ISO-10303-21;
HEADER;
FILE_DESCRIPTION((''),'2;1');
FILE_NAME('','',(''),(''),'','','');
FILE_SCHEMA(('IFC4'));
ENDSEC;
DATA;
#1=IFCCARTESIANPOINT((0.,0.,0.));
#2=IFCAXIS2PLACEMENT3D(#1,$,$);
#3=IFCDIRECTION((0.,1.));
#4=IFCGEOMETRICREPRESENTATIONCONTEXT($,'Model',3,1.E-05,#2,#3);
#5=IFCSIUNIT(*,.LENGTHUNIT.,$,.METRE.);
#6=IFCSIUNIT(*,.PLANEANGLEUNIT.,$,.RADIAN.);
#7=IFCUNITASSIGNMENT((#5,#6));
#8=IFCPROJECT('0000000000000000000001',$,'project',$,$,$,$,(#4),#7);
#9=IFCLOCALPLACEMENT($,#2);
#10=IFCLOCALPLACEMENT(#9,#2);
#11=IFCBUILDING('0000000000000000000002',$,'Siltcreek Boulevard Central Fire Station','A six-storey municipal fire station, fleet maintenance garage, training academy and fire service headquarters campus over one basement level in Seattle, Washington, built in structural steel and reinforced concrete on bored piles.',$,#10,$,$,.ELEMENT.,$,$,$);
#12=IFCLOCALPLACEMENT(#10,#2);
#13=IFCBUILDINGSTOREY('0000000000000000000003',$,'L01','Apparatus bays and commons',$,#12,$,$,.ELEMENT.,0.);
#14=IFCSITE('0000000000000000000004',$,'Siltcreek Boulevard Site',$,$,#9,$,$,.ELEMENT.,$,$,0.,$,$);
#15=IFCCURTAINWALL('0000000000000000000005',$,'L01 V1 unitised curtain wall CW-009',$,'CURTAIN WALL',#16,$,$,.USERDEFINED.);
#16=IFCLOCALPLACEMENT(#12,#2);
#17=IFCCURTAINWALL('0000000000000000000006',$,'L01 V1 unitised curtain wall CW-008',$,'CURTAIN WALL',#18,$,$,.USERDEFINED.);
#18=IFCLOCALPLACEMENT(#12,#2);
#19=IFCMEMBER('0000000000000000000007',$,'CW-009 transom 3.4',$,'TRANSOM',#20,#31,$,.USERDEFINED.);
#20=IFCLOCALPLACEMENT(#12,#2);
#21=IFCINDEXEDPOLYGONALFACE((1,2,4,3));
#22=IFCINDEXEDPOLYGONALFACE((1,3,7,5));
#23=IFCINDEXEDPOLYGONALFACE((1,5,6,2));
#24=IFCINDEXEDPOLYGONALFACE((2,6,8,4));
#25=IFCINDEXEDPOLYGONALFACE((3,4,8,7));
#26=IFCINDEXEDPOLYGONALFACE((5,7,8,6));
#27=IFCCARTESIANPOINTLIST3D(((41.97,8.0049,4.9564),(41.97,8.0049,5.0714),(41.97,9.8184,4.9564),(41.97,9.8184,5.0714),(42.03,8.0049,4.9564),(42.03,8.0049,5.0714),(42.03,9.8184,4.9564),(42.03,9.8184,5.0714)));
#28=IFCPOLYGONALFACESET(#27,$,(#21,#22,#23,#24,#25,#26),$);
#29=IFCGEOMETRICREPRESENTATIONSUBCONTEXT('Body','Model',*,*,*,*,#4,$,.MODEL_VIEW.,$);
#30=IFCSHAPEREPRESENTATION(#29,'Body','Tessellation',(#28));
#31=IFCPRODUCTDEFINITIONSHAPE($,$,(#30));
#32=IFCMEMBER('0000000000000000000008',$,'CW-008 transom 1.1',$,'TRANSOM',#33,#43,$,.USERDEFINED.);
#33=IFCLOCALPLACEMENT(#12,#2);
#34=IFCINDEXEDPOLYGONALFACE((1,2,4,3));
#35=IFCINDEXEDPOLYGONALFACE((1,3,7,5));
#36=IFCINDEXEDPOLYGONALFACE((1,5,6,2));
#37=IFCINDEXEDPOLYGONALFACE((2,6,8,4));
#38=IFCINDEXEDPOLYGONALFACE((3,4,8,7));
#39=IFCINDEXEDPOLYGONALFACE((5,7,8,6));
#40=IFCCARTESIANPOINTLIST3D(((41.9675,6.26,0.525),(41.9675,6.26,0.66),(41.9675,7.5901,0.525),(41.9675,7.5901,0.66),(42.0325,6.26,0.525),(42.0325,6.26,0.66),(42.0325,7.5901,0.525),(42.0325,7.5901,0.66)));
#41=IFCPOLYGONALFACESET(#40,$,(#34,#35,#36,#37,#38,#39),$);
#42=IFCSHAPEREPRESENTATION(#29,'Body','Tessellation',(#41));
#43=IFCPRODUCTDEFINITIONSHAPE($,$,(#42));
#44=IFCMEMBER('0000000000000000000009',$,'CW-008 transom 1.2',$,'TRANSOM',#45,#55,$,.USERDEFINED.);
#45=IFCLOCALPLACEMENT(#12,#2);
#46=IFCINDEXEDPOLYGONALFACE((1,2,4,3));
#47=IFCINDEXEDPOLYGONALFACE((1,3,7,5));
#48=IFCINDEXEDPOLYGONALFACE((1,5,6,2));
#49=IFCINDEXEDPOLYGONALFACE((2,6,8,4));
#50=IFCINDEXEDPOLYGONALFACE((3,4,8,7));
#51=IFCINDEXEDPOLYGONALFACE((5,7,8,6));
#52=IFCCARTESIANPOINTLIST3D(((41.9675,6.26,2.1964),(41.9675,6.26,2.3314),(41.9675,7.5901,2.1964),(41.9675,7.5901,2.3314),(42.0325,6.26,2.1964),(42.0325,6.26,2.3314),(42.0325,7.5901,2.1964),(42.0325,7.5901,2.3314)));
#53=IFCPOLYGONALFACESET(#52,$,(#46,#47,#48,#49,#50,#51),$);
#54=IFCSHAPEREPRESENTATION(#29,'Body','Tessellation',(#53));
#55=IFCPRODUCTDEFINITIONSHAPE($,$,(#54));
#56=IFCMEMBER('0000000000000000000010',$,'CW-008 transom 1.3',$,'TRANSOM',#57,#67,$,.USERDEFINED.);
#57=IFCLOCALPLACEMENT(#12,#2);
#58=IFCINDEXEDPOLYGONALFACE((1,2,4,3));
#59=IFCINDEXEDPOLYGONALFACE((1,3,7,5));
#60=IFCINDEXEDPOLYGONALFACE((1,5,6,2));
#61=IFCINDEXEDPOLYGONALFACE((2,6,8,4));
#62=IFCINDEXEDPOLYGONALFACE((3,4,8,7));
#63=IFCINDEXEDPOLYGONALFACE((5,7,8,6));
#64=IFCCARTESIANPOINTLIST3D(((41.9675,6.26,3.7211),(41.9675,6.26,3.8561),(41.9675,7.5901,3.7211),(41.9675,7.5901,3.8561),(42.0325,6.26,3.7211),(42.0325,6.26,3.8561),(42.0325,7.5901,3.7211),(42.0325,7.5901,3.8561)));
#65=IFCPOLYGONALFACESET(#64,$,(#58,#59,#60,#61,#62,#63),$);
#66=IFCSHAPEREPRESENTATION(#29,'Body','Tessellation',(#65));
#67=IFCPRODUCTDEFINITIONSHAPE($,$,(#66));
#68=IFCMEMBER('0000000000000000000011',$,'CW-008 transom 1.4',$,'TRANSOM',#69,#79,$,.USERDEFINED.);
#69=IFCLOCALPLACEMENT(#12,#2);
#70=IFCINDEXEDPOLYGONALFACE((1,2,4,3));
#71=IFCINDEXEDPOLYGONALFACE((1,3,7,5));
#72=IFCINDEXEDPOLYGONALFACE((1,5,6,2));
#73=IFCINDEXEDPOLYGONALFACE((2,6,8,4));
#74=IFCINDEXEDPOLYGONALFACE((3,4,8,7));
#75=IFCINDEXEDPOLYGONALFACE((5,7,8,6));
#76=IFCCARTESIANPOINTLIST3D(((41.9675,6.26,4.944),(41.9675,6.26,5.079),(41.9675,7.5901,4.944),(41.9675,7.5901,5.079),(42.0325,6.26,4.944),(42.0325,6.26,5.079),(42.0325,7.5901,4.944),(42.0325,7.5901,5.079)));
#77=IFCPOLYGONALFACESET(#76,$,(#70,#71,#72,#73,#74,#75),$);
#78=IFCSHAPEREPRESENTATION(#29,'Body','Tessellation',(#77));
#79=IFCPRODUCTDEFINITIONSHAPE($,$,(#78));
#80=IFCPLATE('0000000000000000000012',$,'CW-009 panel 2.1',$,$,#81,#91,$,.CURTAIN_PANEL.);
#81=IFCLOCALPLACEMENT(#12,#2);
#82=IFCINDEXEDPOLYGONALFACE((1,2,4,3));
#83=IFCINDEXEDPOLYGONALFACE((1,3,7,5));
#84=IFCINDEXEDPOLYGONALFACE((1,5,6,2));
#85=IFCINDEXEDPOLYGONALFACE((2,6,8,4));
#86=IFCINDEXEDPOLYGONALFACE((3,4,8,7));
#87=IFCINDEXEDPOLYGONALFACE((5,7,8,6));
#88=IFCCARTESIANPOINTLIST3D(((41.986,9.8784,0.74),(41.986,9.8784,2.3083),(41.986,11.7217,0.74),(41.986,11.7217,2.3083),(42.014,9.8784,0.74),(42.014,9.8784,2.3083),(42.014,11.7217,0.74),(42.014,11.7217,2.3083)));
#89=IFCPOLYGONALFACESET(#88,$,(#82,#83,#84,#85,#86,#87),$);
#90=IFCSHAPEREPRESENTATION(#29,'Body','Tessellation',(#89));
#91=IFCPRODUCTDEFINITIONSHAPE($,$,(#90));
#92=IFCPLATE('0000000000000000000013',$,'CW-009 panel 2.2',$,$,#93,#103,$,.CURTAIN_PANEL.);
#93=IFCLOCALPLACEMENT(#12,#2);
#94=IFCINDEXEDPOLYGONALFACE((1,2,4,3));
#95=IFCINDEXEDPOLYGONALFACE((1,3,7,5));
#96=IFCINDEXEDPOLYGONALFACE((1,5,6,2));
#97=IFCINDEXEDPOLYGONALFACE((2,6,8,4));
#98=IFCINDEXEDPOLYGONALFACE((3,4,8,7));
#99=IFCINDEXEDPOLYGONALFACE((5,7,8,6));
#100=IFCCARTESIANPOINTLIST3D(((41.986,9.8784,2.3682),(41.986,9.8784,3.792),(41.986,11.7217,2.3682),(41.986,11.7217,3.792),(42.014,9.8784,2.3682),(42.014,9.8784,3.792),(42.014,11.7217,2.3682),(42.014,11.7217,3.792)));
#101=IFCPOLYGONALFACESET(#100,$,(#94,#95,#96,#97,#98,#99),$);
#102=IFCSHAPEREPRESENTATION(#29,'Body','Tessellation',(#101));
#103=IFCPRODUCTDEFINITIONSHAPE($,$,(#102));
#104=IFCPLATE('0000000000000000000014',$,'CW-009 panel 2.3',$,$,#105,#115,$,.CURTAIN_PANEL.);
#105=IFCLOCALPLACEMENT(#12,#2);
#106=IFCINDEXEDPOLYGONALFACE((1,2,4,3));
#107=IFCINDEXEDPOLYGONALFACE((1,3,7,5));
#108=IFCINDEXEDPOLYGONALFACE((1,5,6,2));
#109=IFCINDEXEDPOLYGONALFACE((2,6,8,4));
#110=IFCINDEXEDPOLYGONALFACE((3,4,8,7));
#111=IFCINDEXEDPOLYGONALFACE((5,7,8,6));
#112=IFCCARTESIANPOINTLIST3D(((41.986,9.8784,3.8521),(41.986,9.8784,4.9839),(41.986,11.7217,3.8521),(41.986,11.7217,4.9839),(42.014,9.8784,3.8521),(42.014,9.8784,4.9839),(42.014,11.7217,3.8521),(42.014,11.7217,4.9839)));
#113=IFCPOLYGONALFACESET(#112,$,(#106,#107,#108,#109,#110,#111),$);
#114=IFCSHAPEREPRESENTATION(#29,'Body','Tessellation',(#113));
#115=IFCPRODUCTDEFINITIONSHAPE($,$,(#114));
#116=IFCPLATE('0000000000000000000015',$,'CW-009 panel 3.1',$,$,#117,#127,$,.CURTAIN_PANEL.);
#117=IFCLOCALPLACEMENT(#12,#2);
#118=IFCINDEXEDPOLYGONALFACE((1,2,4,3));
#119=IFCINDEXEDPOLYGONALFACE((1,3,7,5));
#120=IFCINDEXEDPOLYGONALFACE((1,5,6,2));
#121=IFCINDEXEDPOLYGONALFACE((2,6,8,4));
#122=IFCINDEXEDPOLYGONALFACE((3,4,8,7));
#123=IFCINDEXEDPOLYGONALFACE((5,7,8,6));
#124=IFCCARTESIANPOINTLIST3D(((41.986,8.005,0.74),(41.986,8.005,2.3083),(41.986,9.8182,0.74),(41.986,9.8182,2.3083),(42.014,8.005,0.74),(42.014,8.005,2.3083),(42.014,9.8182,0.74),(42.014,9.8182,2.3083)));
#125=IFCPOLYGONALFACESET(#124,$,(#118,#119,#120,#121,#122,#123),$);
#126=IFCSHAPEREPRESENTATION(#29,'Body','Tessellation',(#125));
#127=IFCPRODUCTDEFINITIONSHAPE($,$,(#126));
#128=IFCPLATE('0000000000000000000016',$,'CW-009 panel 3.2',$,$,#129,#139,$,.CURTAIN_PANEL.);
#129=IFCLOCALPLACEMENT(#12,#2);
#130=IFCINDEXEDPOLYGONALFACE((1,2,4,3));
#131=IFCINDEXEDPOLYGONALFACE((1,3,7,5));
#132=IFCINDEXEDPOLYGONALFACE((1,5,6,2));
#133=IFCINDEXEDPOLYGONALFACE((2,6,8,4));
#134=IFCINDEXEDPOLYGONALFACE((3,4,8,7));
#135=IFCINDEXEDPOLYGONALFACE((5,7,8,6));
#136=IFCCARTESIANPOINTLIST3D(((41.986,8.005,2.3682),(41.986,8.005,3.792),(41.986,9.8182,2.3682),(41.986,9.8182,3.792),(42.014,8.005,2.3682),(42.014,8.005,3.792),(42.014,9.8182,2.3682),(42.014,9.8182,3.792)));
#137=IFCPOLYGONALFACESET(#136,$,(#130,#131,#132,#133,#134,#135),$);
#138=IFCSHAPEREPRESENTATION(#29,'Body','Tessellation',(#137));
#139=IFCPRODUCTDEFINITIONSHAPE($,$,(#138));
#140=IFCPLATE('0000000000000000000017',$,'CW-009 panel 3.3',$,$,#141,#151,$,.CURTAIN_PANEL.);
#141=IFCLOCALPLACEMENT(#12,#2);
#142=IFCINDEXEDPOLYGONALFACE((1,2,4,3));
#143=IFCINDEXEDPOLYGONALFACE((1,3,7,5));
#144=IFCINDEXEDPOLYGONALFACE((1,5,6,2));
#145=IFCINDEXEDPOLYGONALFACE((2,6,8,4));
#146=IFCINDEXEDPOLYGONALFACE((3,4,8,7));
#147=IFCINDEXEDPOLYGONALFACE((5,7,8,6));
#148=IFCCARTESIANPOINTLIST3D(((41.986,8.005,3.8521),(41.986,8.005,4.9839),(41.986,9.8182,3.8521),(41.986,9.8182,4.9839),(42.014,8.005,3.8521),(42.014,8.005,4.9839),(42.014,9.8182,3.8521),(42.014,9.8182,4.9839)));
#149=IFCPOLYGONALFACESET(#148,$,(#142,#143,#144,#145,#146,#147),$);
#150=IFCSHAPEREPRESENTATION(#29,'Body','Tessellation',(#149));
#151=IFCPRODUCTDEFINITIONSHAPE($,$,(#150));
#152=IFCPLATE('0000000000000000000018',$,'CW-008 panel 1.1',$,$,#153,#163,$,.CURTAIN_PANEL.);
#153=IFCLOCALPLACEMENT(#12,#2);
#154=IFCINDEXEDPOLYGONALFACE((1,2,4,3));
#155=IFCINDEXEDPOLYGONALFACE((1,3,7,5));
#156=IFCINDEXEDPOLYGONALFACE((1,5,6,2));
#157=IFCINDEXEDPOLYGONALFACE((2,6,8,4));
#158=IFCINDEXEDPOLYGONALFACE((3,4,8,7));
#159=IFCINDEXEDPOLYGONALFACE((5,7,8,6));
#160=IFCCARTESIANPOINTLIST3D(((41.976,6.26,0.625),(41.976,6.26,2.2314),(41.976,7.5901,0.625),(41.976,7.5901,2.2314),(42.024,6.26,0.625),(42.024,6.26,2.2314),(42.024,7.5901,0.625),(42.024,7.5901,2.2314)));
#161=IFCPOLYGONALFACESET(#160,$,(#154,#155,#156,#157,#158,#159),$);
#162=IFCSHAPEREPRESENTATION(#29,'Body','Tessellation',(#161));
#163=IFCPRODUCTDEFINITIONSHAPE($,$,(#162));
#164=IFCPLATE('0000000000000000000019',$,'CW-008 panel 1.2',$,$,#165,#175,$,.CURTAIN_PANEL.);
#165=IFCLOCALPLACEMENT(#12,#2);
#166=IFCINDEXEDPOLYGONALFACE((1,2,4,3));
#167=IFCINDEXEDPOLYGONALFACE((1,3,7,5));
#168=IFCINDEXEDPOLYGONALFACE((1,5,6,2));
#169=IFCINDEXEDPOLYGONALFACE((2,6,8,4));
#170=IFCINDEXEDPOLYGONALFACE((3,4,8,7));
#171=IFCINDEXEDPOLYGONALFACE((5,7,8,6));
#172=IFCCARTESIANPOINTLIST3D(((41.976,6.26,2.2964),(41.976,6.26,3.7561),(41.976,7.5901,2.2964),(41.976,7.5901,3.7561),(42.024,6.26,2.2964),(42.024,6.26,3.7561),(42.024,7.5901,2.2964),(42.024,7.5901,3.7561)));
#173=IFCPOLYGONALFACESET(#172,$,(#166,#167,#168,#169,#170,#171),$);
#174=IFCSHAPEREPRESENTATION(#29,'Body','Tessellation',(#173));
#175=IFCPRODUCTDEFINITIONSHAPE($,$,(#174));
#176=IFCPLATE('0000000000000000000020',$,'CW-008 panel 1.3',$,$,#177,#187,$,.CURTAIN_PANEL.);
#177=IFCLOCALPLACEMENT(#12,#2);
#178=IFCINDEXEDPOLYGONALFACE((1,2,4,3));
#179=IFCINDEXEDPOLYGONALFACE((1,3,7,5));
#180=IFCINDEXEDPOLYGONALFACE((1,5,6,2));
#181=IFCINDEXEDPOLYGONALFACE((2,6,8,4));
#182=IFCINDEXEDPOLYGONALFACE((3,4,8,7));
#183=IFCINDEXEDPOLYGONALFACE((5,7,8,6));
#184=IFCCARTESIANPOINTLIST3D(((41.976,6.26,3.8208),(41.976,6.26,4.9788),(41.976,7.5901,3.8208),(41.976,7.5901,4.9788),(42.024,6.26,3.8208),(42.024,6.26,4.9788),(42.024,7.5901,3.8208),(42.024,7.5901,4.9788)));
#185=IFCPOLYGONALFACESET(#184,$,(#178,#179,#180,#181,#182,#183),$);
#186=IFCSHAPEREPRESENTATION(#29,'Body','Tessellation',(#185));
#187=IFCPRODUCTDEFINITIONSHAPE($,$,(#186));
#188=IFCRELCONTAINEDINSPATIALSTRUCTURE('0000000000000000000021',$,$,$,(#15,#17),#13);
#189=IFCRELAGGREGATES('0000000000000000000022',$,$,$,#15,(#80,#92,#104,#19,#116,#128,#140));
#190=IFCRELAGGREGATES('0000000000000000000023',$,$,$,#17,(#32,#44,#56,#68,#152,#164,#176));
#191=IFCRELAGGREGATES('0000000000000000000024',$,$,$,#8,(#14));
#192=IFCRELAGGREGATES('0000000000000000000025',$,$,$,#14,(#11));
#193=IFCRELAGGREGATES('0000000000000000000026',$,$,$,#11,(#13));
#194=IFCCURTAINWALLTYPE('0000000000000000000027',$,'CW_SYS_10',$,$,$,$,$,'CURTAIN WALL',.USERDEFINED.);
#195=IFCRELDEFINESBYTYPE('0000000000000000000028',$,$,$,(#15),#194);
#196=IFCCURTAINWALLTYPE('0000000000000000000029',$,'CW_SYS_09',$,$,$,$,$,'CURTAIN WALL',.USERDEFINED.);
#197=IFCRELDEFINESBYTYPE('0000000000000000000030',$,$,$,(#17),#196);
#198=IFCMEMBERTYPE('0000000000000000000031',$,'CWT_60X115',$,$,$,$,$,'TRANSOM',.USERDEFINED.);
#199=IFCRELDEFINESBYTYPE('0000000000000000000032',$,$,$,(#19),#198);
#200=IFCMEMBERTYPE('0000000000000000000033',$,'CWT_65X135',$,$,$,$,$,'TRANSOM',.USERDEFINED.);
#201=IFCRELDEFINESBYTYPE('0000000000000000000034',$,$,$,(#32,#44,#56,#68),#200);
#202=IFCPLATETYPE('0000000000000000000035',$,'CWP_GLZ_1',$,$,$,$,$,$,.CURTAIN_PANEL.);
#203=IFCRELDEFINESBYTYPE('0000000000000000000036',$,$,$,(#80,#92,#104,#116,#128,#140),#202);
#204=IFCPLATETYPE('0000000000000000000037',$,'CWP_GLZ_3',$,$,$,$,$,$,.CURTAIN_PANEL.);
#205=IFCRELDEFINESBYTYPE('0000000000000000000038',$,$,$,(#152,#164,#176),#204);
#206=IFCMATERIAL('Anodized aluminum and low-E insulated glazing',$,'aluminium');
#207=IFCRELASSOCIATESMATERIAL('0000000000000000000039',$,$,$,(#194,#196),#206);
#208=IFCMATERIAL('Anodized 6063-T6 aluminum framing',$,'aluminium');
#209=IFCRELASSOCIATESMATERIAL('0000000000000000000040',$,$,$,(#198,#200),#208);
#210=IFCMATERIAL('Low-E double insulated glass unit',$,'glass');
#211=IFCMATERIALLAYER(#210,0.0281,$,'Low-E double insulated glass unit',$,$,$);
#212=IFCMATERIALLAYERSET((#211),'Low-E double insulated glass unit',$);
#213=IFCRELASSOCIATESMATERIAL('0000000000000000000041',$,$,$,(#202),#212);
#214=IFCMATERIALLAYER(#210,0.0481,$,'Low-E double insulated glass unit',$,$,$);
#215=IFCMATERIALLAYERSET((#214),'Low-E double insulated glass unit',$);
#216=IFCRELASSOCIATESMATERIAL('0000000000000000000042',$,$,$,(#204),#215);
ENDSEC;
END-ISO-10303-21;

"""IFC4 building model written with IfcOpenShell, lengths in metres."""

from ifc_helpers import new_model, si_unit, direction, frame, origin, origin_2d, place, context, subcontext, project, spatial, rectangle, extrude, material, layer, layer_set, material_profile, profile_set, type_object, element, aggregate, save


model = new_model("IFC4")

# Units and contexts
model_context = context("Model", 3, precision=1e-05, world=origin(), true_north=direction((0.0, 1.0)))
body_context = subcontext(model_context, "Body", "Model", "MODEL_VIEW")
ifc_project = project(units=[si_unit("LENGTHUNIT", "METRE"), si_unit("PLANEANGLEUNIT", "RADIAN")], contexts=[model_context])

# Site, building, storey
site_placement = place(None, origin())
site = spatial("IfcSite", under=ifc_project, at=site_placement, Name="Siltcreek Boulevard Site", CompositionType="ELEMENT", RefElevation=0.0)
building_placement = place(site_placement, origin())
building = spatial("IfcBuilding", under=site, at=building_placement, Name="Siltcreek Boulevard Central Fire Station", Description="A six-storey municipal fire station, fleet maintenance garage, training academy and fire service headquarters campus over one basement level in Seattle, Washington, built in structural steel and reinforced concrete on bored piles.", CompositionType="ELEMENT")
storey_placement = place(building_placement, origin())
storey = spatial("IfcBuildingStorey", under=building, at=storey_placement, Name="L01", Description="Apparatus bays and commons", CompositionType="ELEMENT", Elevation=0.0)

# Curtain wall
ifc_material_1 = material(Name="Anodized aluminum and low-E insulated glazing", Category="aluminium")
curtain_wall_type_1 = type_object("IfcCurtainWallType", Name="CW_SYS_10", ElementType="CURTAIN WALL", PredefinedType="USERDEFINED", material=ifc_material_1)
curtain_wall_1_placement = place(storey_placement, origin())
curtain_wall_1 = element("IfcCurtainWall", 1, at=curtain_wall_1_placement, inside=storey, type_object=curtain_wall_type_1, Name="L01 V1 unitised curtain wall CW-009", ObjectType="CURTAIN WALL", PredefinedType="USERDEFINED")
ifc_material_2 = material(Name="Anodized 6063-T6 aluminum framing", Category="aluminium")

# Curtain wall
curtain_wall_type_2 = type_object("IfcCurtainWallType", Name="CW_SYS_09", ElementType="CURTAIN WALL", PredefinedType="USERDEFINED", material=ifc_material_1)
curtain_wall_2_placement = place(storey_placement, origin())
curtain_wall_2 = element("IfcCurtainWall", 2, at=curtain_wall_2_placement, inside=storey, type_object=curtain_wall_type_2, Name="L01 V1 unitised curtain wall CW-008", ObjectType="CURTAIN WALL", PredefinedType="USERDEFINED")

# Members
ifc_material_profile_1 = material_profile(ifc_material_2, rectangle(XDim=0.0601, YDim=0.115, at=origin_2d()), Name="TRAN60X115")
ifc_profile_set_1 = profile_set([ifc_material_profile_1], Name="Anodized 6063-T6 aluminum framing")
member_type_1 = type_object("IfcMemberType", Name="CWT_60X115", ElementType="TRANSOM", PredefinedType="USERDEFINED", material=ifc_profile_set_1)
member_1_placement = place(storey_placement, frame((42.0, 9.8184, 5.0139), z_axis=(0.0, -1.0, 0.0), x_axis=(1.0, 0.0, 0.0)))
member_1 = element("IfcMember", 3, at=member_1_placement, type_object=member_type_1, Name="CW-009 transom 3.4", ObjectType="TRANSOM", PredefinedType="USERDEFINED", context=body_context, shape_type="SweptSolid", body=[
    extrude(rectangle(XDim=0.0601, YDim=0.115, at=origin_2d()), origin(), (0.0, 0.0, 1.0), 1.8135),
])
ifc_material_profile_2 = material_profile(ifc_material_2, rectangle(XDim=0.0649, YDim=0.135, at=origin_2d()), Name="TRAN65X135")
ifc_profile_set_2 = profile_set([ifc_material_profile_2], Name="Anodized 6063-T6 aluminum framing")
member_type_2 = type_object("IfcMemberType", Name="CWT_65X135", ElementType="TRANSOM", PredefinedType="USERDEFINED", material=ifc_profile_set_2)
member_2_placement = place(storey_placement, frame((42.0, 7.5901, 0.5925), z_axis=(0.0, -1.0, 0.0), x_axis=(1.0, 0.0, 0.0)))
member_2 = element("IfcMember", 4, at=member_2_placement, type_object=member_type_2, Name="CW-008 transom 1.1", ObjectType="TRANSOM", PredefinedType="USERDEFINED", context=body_context, shape_type="SweptSolid", body=[
    extrude(rectangle(XDim=0.0649, YDim=0.135, at=origin_2d()), origin(), (0.0, 0.0, 1.0), 1.3301),
])
member_3_placement = place(storey_placement, frame((42.0, 7.5901, 2.2639), z_axis=(0.0, -1.0, 0.0), x_axis=(1.0, 0.0, 0.0)))
member_3 = element("IfcMember", 5, at=member_3_placement, type_object=member_type_2, Name="CW-008 transom 1.2", ObjectType="TRANSOM", PredefinedType="USERDEFINED", context=body_context, shape_type="SweptSolid", body=[
    extrude(rectangle(XDim=0.0649, YDim=0.135, at=origin_2d()), origin(), (0.0, 0.0, 1.0), 1.3301),
])
member_4_placement = place(storey_placement, frame((42.0, 7.5901, 3.7886), z_axis=(0.0, -1.0, 0.0), x_axis=(1.0, 0.0, 0.0)))
member_4 = element("IfcMember", 6, at=member_4_placement, type_object=member_type_2, Name="CW-008 transom 1.3", ObjectType="TRANSOM", PredefinedType="USERDEFINED", context=body_context, shape_type="SweptSolid", body=[
    extrude(rectangle(XDim=0.0649, YDim=0.135, at=origin_2d()), origin(), (0.0, 0.0, 1.0), 1.3301),
])
member_5_placement = place(storey_placement, frame((42.0, 7.5901, 5.0115), z_axis=(0.0, -1.0, 0.0), x_axis=(1.0, 0.0, 0.0)))
member_5 = element("IfcMember", 7, at=member_5_placement, type_object=member_type_2, Name="CW-008 transom 1.4", ObjectType="TRANSOM", PredefinedType="USERDEFINED", context=body_context, shape_type="SweptSolid", body=[
    extrude(rectangle(XDim=0.0649, YDim=0.135, at=origin_2d()), origin(), (0.0, 0.0, 1.0), 1.3301),
])

# Plates
ifc_material_3 = material(Name="Low-E double insulated glass unit", Category="glass")
ifc_layer_1 = layer(ifc_material_3, 0.0281, Name="Low-E double insulated glass unit")
ifc_layer_set_1 = layer_set([ifc_layer_1], Name="Low-E double insulated glass unit")
plate_type_1 = type_object("IfcPlateType", Name="CWP_GLZ_1", PredefinedType="CURTAIN_PANEL", material=ifc_layer_set_1)
plate_1_placement = place(storey_placement, frame((42.0, 10.8, 0.74), z_axis=(0.0, 0.0, 1.0), x_axis=(0.0, -1.0, 0.0)))
plate_1 = element("IfcPlate", 8, at=plate_1_placement, type_object=plate_type_1, Name="CW-009 panel 2.1", PredefinedType="CURTAIN_PANEL", context=body_context, shape_type="SweptSolid", body=[
    extrude(rectangle(XDim=1.8433, YDim=0.0281, at=origin_2d()), origin(), (0.0, 0.0, 1.0), 1.5684),
])
plate_2_placement = place(storey_placement, frame((42.0, 10.8, 2.3682), z_axis=(0.0, 0.0, 1.0), x_axis=(0.0, -1.0, 0.0)))
plate_2 = element("IfcPlate", 9, at=plate_2_placement, type_object=plate_type_1, Name="CW-009 panel 2.2", PredefinedType="CURTAIN_PANEL", context=body_context, shape_type="SweptSolid", body=[
    extrude(rectangle(XDim=1.8433, YDim=0.0281, at=origin_2d()), origin(), (0.0, 0.0, 1.0), 1.4238),
])
plate_3_placement = place(storey_placement, frame((42.0, 10.8, 3.8521), z_axis=(0.0, 0.0, 1.0), x_axis=(0.0, -1.0, 0.0)))
plate_3 = element("IfcPlate", 10, at=plate_3_placement, type_object=plate_type_1, Name="CW-009 panel 2.3", PredefinedType="CURTAIN_PANEL", context=body_context, shape_type="SweptSolid", body=[
    extrude(rectangle(XDim=1.8433, YDim=0.0281, at=origin_2d()), origin(), (0.0, 0.0, 1.0), 1.1318),
])
plate_4_placement = place(storey_placement, frame((42.0, 8.9116, 0.74), z_axis=(0.0, 0.0, 1.0), x_axis=(0.0, -1.0, 0.0)))
plate_4 = element("IfcPlate", 11, at=plate_4_placement, type_object=plate_type_1, Name="CW-009 panel 3.1", PredefinedType="CURTAIN_PANEL", context=body_context, shape_type="SweptSolid", body=[
    extrude(rectangle(XDim=1.8132, YDim=0.0281, at=origin_2d()), origin(), (0.0, 0.0, 1.0), 1.5684),
])
plate_5_placement = place(storey_placement, frame((42.0, 8.9116, 2.3682), z_axis=(0.0, 0.0, 1.0), x_axis=(0.0, -1.0, 0.0)))
plate_5 = element("IfcPlate", 12, at=plate_5_placement, type_object=plate_type_1, Name="CW-009 panel 3.2", PredefinedType="CURTAIN_PANEL", context=body_context, shape_type="SweptSolid", body=[
    extrude(rectangle(XDim=1.8132, YDim=0.0281, at=origin_2d()), origin(), (0.0, 0.0, 1.0), 1.4238),
])
plate_6_placement = place(storey_placement, frame((42.0, 8.9116, 3.8521), z_axis=(0.0, 0.0, 1.0), x_axis=(0.0, -1.0, 0.0)))
plate_6 = element("IfcPlate", 13, at=plate_6_placement, type_object=plate_type_1, Name="CW-009 panel 3.3", PredefinedType="CURTAIN_PANEL", context=body_context, shape_type="SweptSolid", body=[
    extrude(rectangle(XDim=1.8132, YDim=0.0281, at=origin_2d()), origin(), (0.0, 0.0, 1.0), 1.1318),
])
aggregate(curtain_wall_1, [plate_1, plate_2, plate_3, member_1, plate_4, plate_5, plate_6])
ifc_layer_2 = layer(ifc_material_3, 0.0481, Name="Low-E double insulated glass unit")
ifc_layer_set_2 = layer_set([ifc_layer_2], Name="Low-E double insulated glass unit")
plate_type_2 = type_object("IfcPlateType", Name="CWP_GLZ_3", PredefinedType="CURTAIN_PANEL", material=ifc_layer_set_2)
plate_7_placement = place(storey_placement, frame((42.0, 6.925, 0.625), z_axis=(0.0, 0.0, 1.0), x_axis=(0.0, -1.0, 0.0)))
plate_7 = element("IfcPlate", 14, at=plate_7_placement, type_object=plate_type_2, Name="CW-008 panel 1.1", PredefinedType="CURTAIN_PANEL", context=body_context, shape_type="SweptSolid", body=[
    extrude(rectangle(XDim=1.3301, YDim=0.0481, at=origin_2d()), origin(), (0.0, 0.0, 1.0), 1.6064),
])
plate_8_placement = place(storey_placement, frame((42.0, 6.925, 2.2964), z_axis=(0.0, 0.0, 1.0), x_axis=(0.0, -1.0, 0.0)))
plate_8 = element("IfcPlate", 15, at=plate_8_placement, type_object=plate_type_2, Name="CW-008 panel 1.2", PredefinedType="CURTAIN_PANEL", context=body_context, shape_type="SweptSolid", body=[
    extrude(rectangle(XDim=1.3301, YDim=0.0481, at=origin_2d()), origin(), (0.0, 0.0, 1.0), 1.4597),
])
plate_9_placement = place(storey_placement, frame((42.0, 6.925, 3.8208), z_axis=(0.0, 0.0, 1.0), x_axis=(0.0, -1.0, 0.0)))
plate_9 = element("IfcPlate", 16, at=plate_9_placement, type_object=plate_type_2, Name="CW-008 panel 1.3", PredefinedType="CURTAIN_PANEL", context=body_context, shape_type="SweptSolid", body=[
    extrude(rectangle(XDim=1.3301, YDim=0.0481, at=origin_2d()), origin(), (0.0, 0.0, 1.0), 1.158),
])
aggregate(curtain_wall_2, [member_2, member_3, member_4, member_5, plate_7, plate_8, plate_9])

save(model, "model.ifc")
